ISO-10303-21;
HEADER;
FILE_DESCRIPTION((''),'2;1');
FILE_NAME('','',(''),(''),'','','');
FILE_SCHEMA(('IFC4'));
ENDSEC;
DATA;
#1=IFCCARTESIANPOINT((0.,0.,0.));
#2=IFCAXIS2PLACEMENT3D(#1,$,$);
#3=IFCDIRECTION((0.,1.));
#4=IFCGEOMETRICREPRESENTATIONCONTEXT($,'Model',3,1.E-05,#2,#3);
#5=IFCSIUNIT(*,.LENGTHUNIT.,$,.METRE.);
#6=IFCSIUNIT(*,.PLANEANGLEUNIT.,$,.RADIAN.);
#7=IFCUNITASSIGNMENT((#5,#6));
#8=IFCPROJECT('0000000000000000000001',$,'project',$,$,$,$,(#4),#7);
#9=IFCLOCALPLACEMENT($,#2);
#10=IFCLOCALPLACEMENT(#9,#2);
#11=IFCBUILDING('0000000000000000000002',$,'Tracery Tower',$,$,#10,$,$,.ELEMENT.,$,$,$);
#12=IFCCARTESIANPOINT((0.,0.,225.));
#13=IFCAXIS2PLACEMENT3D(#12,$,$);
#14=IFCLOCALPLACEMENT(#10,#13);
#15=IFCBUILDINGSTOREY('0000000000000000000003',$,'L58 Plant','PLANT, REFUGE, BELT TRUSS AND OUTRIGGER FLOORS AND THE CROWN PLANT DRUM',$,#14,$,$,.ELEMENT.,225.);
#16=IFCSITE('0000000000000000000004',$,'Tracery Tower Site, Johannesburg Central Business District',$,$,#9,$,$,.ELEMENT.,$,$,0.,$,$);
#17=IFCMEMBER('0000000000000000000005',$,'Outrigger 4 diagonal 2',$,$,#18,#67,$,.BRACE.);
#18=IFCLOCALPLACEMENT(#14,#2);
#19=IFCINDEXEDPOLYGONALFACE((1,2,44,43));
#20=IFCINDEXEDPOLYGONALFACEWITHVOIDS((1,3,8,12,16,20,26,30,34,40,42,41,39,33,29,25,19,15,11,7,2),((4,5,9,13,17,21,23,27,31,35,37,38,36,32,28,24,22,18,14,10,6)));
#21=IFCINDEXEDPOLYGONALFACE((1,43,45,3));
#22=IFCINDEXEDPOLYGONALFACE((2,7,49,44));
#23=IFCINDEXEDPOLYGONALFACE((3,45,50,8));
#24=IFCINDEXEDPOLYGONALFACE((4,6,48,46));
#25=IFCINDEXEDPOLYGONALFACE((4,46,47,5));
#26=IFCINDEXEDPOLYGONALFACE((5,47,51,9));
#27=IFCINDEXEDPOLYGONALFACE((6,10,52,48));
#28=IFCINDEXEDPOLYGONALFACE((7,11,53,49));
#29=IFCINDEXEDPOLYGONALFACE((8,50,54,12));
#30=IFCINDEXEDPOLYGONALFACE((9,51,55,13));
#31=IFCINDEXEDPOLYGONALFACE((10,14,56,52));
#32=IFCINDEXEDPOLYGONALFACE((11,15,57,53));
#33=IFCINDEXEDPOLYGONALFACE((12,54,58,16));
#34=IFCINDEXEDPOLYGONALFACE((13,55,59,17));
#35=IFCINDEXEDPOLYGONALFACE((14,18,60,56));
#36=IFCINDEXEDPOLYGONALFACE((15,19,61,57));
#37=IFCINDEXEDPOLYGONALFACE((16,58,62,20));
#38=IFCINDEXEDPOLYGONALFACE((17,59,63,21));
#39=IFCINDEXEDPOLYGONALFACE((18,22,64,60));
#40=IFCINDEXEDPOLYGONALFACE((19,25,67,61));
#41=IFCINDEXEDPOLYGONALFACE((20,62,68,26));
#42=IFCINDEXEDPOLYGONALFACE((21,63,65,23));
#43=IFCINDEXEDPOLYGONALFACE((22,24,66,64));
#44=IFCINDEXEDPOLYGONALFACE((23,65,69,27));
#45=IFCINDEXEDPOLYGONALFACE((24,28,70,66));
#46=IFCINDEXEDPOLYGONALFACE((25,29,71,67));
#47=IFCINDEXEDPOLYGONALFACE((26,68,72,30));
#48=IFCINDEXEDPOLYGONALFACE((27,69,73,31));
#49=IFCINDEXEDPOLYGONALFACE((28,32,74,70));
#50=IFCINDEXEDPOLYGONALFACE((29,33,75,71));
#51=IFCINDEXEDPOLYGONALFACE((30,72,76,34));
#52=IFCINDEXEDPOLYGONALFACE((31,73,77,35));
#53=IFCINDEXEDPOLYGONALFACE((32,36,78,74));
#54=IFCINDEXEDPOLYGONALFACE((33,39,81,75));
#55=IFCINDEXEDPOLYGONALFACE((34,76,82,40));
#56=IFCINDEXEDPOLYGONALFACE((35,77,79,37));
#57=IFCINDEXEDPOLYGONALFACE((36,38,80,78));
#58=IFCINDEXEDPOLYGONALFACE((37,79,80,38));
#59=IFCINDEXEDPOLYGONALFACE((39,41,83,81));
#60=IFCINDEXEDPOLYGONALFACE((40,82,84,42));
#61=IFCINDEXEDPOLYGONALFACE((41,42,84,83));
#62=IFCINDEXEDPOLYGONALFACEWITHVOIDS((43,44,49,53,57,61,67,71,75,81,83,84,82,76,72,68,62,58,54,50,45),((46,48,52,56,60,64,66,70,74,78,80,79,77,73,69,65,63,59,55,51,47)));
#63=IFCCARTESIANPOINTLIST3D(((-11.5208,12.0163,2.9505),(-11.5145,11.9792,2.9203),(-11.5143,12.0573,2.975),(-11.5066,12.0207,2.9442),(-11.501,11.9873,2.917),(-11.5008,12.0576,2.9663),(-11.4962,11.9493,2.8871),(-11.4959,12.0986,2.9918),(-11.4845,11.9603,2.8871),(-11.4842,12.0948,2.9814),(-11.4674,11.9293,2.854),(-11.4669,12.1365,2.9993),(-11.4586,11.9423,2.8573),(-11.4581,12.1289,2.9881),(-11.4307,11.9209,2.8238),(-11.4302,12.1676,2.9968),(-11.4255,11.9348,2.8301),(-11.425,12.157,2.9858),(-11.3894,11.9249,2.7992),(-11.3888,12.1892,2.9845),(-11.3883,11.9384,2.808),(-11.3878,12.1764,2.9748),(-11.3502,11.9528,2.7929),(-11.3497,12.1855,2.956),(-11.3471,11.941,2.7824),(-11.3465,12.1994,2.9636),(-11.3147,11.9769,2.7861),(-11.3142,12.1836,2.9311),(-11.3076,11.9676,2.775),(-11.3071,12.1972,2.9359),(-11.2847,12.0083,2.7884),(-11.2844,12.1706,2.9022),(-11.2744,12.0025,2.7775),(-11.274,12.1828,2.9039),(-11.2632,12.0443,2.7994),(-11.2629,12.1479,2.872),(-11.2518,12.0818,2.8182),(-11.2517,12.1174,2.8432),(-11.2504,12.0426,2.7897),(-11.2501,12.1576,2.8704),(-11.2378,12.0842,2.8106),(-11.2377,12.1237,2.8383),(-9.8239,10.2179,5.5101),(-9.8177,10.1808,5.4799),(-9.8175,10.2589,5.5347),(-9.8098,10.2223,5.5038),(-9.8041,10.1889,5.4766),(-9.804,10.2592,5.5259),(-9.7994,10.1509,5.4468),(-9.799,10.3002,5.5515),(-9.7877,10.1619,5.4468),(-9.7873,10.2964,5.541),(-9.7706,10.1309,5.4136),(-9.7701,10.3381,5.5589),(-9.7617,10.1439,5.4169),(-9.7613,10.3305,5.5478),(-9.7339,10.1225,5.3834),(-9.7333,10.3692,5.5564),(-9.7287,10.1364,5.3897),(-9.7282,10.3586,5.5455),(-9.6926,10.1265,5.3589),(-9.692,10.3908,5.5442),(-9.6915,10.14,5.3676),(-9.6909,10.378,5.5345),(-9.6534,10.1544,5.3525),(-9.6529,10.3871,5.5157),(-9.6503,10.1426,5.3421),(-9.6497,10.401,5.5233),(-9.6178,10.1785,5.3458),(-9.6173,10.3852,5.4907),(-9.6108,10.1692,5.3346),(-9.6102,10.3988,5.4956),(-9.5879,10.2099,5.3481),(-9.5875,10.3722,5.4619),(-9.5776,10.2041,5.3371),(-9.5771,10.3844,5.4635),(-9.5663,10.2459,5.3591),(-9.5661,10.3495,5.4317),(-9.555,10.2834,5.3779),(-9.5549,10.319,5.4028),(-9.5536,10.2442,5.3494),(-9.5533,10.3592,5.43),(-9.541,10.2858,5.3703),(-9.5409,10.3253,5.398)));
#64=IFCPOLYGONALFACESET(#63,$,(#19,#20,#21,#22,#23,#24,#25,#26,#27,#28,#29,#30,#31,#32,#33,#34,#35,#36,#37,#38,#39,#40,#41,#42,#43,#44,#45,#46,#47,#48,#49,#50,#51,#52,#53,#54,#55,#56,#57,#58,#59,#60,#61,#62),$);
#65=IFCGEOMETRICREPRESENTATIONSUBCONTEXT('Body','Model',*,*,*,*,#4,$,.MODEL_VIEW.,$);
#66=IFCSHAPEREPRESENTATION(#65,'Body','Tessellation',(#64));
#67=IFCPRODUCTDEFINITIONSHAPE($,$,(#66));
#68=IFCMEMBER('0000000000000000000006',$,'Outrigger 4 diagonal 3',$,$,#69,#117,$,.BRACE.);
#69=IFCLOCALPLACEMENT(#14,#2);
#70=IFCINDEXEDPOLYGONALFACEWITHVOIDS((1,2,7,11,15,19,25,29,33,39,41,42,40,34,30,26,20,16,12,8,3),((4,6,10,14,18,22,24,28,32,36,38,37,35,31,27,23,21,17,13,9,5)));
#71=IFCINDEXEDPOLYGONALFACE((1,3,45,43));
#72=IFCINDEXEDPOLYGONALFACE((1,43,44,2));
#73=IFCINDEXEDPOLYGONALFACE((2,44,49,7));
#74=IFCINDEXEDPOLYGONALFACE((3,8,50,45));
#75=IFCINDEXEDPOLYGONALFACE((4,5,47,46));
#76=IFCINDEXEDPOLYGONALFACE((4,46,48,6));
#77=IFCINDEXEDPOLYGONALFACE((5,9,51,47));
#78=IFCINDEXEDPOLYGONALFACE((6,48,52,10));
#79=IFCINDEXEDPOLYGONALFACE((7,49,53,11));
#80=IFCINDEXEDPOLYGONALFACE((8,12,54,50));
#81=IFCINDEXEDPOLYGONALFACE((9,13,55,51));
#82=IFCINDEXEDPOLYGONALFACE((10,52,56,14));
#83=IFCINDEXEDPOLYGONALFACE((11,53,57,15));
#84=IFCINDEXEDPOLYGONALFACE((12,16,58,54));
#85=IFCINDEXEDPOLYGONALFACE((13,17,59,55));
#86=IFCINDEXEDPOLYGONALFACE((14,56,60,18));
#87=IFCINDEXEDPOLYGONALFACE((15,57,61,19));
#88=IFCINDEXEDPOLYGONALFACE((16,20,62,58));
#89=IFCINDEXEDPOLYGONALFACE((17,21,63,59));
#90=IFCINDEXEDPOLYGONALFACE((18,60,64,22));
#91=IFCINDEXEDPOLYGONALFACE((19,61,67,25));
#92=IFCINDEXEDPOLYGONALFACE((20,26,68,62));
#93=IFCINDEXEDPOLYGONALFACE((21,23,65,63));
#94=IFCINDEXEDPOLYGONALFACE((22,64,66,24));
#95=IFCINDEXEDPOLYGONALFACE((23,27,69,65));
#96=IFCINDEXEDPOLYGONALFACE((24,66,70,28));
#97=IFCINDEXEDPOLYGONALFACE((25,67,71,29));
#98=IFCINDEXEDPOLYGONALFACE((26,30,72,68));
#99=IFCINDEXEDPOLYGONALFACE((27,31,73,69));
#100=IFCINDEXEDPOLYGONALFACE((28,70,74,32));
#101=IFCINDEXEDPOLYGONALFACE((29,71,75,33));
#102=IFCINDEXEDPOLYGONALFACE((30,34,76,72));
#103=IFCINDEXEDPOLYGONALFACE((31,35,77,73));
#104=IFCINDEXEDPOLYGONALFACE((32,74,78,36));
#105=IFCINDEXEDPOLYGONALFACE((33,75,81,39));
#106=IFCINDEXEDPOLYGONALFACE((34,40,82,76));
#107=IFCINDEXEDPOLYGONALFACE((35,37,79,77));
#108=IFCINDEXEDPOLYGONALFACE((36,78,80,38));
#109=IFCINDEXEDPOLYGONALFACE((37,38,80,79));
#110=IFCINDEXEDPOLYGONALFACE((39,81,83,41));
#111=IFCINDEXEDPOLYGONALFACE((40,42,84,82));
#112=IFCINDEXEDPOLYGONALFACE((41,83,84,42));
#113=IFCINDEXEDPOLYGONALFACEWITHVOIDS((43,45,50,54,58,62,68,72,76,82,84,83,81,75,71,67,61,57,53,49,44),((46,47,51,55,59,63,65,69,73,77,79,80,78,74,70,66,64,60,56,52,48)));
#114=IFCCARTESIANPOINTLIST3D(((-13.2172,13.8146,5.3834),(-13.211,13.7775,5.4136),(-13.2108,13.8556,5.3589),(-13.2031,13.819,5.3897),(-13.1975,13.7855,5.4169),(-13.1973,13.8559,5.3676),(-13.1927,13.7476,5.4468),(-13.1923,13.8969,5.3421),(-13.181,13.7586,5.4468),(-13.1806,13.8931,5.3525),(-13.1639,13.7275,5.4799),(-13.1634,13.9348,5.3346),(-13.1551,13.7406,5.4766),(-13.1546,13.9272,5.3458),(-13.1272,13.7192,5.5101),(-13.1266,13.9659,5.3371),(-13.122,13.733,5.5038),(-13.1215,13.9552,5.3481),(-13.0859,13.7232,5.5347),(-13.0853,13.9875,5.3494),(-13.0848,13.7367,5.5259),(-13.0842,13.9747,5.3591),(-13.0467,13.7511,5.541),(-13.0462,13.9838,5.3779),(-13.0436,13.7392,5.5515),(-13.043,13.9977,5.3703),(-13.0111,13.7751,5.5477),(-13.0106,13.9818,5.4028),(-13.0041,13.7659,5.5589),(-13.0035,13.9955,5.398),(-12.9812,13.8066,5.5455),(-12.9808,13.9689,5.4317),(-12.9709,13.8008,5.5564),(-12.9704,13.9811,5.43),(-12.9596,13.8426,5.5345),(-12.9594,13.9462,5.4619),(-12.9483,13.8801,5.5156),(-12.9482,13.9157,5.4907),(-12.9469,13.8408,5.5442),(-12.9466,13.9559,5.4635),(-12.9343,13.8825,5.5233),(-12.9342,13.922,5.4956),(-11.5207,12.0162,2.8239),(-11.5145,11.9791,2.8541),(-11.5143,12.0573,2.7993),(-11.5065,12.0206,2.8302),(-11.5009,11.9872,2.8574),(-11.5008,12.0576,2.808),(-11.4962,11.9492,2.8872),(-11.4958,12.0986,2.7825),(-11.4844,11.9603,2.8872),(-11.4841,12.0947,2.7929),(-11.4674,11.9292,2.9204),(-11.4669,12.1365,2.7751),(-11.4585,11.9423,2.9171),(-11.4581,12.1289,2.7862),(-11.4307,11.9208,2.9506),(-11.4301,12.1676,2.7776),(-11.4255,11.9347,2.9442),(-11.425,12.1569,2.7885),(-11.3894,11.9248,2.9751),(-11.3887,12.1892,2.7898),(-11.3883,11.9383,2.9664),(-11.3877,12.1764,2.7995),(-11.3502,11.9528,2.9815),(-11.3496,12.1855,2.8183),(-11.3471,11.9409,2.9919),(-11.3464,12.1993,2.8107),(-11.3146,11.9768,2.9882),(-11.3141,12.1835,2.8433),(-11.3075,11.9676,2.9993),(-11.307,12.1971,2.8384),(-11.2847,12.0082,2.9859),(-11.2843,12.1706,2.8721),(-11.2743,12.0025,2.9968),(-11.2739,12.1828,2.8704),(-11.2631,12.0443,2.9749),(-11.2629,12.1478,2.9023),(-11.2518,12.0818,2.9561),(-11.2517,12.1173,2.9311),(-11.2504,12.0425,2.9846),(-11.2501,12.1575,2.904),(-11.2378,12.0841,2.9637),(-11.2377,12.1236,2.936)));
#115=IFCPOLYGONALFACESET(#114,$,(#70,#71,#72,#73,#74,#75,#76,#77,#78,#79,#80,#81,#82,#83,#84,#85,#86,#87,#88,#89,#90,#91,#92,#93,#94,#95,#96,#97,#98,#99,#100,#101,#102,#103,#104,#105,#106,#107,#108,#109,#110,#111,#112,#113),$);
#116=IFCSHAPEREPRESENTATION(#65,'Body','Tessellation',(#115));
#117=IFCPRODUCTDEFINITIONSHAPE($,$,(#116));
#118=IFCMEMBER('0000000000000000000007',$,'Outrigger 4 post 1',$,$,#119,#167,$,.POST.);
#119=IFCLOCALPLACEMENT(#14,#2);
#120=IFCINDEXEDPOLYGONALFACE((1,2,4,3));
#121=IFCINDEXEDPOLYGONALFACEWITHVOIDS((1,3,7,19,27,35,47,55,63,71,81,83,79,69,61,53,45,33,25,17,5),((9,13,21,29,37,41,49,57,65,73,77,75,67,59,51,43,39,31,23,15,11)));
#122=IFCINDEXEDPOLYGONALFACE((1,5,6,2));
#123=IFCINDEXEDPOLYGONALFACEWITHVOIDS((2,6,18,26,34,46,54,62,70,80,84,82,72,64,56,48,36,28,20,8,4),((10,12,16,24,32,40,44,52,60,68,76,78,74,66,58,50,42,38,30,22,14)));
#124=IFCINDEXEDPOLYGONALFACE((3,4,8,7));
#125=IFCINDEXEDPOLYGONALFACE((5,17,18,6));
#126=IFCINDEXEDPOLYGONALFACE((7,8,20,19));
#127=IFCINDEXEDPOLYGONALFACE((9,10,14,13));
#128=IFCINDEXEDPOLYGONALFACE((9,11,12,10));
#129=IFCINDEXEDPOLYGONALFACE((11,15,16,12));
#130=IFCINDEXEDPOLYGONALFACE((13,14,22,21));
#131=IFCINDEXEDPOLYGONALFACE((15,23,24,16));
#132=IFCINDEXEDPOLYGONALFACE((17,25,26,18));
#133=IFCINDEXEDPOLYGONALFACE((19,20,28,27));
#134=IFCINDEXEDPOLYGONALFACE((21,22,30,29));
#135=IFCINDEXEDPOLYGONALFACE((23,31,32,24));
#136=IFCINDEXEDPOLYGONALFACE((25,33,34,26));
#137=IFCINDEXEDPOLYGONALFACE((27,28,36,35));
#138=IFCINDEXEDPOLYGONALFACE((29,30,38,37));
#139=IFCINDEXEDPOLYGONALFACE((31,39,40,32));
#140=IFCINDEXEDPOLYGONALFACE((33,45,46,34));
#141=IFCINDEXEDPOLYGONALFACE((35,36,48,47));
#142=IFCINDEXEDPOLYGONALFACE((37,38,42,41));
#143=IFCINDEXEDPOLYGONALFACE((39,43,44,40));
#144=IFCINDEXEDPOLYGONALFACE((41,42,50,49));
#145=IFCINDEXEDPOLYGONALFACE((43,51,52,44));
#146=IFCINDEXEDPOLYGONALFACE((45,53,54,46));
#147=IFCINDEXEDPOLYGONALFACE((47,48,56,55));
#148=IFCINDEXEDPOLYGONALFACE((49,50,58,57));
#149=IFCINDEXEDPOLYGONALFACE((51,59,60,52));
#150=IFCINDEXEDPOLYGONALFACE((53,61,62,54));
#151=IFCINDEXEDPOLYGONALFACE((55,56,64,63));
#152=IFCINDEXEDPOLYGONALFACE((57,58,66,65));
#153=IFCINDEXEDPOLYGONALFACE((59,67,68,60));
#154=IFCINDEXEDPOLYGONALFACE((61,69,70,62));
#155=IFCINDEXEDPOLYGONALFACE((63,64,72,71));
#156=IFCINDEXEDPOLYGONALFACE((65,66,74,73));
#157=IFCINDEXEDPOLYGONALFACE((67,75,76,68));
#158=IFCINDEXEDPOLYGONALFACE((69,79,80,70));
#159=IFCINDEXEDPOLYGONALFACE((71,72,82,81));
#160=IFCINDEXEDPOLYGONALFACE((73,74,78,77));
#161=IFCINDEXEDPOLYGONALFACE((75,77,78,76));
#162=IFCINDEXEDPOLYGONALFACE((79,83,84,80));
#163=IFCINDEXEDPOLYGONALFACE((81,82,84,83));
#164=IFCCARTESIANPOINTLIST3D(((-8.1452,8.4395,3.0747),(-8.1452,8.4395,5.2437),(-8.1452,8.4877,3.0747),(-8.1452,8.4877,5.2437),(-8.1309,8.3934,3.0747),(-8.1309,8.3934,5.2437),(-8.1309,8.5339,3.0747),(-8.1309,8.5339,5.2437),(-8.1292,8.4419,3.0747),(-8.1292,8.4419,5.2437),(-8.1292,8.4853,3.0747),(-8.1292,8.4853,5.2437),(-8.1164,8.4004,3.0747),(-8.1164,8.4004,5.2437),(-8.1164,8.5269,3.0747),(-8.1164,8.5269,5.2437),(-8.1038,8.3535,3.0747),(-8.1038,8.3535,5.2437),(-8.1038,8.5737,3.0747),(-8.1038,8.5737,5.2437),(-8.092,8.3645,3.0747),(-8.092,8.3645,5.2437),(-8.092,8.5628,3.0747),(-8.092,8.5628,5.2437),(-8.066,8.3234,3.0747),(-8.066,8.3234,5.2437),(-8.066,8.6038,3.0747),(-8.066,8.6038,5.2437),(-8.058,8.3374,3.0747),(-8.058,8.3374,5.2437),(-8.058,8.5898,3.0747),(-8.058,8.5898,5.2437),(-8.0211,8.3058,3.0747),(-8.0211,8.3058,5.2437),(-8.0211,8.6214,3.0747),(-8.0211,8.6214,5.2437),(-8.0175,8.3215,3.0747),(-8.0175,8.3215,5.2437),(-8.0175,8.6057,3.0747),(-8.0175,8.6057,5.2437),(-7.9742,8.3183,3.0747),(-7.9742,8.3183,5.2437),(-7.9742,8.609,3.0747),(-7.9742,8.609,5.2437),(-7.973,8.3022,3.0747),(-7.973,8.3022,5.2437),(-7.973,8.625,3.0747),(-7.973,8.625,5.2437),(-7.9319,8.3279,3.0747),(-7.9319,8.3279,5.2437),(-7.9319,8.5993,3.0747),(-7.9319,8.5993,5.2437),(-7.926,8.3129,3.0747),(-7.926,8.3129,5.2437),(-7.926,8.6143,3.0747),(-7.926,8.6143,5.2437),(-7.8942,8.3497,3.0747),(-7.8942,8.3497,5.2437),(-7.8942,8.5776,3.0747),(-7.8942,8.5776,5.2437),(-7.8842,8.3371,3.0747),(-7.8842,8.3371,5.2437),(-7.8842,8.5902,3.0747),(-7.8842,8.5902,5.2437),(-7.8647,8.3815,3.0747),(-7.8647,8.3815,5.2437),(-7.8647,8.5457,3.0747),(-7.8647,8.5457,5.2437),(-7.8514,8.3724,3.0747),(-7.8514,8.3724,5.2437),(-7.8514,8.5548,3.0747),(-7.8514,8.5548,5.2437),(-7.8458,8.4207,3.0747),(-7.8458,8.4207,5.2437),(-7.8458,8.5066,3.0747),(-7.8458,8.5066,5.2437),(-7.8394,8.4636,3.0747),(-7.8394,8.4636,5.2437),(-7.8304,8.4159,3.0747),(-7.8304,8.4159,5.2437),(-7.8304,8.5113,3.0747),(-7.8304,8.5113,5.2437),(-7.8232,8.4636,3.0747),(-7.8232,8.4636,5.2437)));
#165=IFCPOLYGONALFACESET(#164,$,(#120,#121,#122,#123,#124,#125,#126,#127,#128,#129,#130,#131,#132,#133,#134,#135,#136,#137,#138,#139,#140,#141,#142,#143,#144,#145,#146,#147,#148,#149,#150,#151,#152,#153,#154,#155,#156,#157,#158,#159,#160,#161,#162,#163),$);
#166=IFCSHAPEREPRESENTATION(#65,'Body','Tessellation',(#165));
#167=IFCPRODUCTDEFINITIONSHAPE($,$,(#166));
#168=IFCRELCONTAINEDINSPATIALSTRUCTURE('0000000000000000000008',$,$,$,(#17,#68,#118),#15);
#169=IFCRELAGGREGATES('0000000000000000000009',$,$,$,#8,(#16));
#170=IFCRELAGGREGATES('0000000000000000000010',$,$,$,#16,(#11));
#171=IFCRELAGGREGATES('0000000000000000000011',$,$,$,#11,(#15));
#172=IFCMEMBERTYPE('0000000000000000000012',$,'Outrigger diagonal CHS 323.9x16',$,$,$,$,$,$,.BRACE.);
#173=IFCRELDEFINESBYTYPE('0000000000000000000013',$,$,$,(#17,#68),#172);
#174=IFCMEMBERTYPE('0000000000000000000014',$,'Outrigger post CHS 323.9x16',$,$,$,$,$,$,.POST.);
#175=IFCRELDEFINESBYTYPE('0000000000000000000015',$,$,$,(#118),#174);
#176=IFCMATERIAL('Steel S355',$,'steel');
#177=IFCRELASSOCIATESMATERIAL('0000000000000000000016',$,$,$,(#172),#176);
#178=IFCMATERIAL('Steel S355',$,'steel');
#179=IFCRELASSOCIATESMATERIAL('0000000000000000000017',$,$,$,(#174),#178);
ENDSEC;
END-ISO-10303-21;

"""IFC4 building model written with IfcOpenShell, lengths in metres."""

from ifc_helpers import new_model, si_unit, direction, frame, origin, origin_2d, place, context, subcontext, project, spatial, hollow_circle, extrude, material, material_profile, profile_set, type_object, element, save


model = new_model("IFC4")

# Units and contexts
model_context = context("Model", 3, precision=1e-05, world=origin(), true_north=direction((0.0, 1.0)))
body_context = subcontext(model_context, "Body", "Model", "MODEL_VIEW")
ifc_project = project(units=[si_unit("LENGTHUNIT", "METRE"), si_unit("PLANEANGLEUNIT", "RADIAN")], contexts=[model_context])

# Site, building, storey
site_placement = place(None, origin())
site = spatial("IfcSite", under=ifc_project, at=site_placement, Name="Tracery Tower Site, Johannesburg Central Business District", CompositionType="ELEMENT", RefElevation=0.0)
building_placement = place(site_placement, origin())
building = spatial("IfcBuilding", under=site, at=building_placement, Name="Tracery Tower", CompositionType="ELEMENT")
storey_placement = place(building_placement, frame((0.0, 0.0, 225.0)))
storey = spatial("IfcBuildingStorey", under=building, at=storey_placement, Name="L58 Plant", Description="PLANT, REFUGE, BELT TRUSS AND OUTRIGGER FLOORS AND THE CROWN PLANT DRUM", CompositionType="ELEMENT", Elevation=225.0)

# Members
ifc_material_1 = material(Name="Steel S355", Category="steel")
ifc_material_profile_1 = material_profile(ifc_material_1, hollow_circle(Radius=0.1619, WallThickness=0.0161, at=origin_2d()), Name="CHS 323.9x16")
ifc_profile_set_1 = profile_set([ifc_material_profile_1], Name="Steel S355")
member_type_1 = type_object("IfcMemberType", Name="Outrigger diagonal CHS 323.9x16", PredefinedType="BRACE", material=ifc_profile_set_1)
member_1_placement = place(storey_placement, frame((-9.6816, 10.262, 5.4468), z_axis=(-0.476794, 0.505334, -0.719239), x_axis=(-0.727347, -0.68627, 0.0)))
element("IfcMember", 1, at=member_1_placement, inside=storey, type_object=member_type_1, Name="Outrigger 4 diagonal 2", PredefinedType="BRACE", context=body_context, shape_type="SweptSolid", body=[
    extrude(hollow_circle(Radius=0.1619, WallThickness=0.0161, at=origin_2d()), origin(), (0.0, 0.0, 1.0), 3.5588),
])
member_2_placement = place(storey_placement, frame((-11.3784, 12.0603, 2.8872), z_axis=(-0.476741, 0.50535, 0.719263), x_axis=(-0.727396, -0.686217, 0.0)))
element("IfcMember", 2, at=member_2_placement, inside=storey, type_object=member_type_1, Name="Outrigger 4 diagonal 3", PredefinedType="BRACE", context=body_context, shape_type="SweptSolid", body=[
    extrude(hollow_circle(Radius=0.1619, WallThickness=0.0161, at=origin_2d()), origin(), (0.0, 0.0, 1.0), 3.5586),
])
ifc_material_2 = material(Name="Steel S355", Category="steel")
ifc_material_profile_2 = material_profile(ifc_material_2, hollow_circle(Radius=0.1619, WallThickness=0.0161, at=origin_2d()), Name="CHS 323.9x16")
ifc_profile_set_2 = profile_set([ifc_material_profile_2], Name="Steel S355")
member_type_2 = type_object("IfcMemberType", Name="Outrigger post CHS 323.9x16", PredefinedType="POST", material=ifc_profile_set_2)
for number, where, z_axis, x_axis, name in (
    (3, (-7.9851, 8.4636, 3.0747), (0.0, 0.0, 1.0), (1.0, 0.0, 0.0), "Outrigger 4 post 1"),
):
    element("IfcMember", number, at=place(storey_placement, frame(where, z_axis=z_axis, x_axis=x_axis)), inside=storey, type_object=member_type_2, Name=name, PredefinedType="POST", context=body_context, shape_type="SweptSolid", body=[
        extrude(hollow_circle(Radius=0.1619, WallThickness=0.0161, at=origin_2d()), origin(), (0.0, 0.0, 1.0), 2.1689),
    ])

save(model, "model.ifc")
